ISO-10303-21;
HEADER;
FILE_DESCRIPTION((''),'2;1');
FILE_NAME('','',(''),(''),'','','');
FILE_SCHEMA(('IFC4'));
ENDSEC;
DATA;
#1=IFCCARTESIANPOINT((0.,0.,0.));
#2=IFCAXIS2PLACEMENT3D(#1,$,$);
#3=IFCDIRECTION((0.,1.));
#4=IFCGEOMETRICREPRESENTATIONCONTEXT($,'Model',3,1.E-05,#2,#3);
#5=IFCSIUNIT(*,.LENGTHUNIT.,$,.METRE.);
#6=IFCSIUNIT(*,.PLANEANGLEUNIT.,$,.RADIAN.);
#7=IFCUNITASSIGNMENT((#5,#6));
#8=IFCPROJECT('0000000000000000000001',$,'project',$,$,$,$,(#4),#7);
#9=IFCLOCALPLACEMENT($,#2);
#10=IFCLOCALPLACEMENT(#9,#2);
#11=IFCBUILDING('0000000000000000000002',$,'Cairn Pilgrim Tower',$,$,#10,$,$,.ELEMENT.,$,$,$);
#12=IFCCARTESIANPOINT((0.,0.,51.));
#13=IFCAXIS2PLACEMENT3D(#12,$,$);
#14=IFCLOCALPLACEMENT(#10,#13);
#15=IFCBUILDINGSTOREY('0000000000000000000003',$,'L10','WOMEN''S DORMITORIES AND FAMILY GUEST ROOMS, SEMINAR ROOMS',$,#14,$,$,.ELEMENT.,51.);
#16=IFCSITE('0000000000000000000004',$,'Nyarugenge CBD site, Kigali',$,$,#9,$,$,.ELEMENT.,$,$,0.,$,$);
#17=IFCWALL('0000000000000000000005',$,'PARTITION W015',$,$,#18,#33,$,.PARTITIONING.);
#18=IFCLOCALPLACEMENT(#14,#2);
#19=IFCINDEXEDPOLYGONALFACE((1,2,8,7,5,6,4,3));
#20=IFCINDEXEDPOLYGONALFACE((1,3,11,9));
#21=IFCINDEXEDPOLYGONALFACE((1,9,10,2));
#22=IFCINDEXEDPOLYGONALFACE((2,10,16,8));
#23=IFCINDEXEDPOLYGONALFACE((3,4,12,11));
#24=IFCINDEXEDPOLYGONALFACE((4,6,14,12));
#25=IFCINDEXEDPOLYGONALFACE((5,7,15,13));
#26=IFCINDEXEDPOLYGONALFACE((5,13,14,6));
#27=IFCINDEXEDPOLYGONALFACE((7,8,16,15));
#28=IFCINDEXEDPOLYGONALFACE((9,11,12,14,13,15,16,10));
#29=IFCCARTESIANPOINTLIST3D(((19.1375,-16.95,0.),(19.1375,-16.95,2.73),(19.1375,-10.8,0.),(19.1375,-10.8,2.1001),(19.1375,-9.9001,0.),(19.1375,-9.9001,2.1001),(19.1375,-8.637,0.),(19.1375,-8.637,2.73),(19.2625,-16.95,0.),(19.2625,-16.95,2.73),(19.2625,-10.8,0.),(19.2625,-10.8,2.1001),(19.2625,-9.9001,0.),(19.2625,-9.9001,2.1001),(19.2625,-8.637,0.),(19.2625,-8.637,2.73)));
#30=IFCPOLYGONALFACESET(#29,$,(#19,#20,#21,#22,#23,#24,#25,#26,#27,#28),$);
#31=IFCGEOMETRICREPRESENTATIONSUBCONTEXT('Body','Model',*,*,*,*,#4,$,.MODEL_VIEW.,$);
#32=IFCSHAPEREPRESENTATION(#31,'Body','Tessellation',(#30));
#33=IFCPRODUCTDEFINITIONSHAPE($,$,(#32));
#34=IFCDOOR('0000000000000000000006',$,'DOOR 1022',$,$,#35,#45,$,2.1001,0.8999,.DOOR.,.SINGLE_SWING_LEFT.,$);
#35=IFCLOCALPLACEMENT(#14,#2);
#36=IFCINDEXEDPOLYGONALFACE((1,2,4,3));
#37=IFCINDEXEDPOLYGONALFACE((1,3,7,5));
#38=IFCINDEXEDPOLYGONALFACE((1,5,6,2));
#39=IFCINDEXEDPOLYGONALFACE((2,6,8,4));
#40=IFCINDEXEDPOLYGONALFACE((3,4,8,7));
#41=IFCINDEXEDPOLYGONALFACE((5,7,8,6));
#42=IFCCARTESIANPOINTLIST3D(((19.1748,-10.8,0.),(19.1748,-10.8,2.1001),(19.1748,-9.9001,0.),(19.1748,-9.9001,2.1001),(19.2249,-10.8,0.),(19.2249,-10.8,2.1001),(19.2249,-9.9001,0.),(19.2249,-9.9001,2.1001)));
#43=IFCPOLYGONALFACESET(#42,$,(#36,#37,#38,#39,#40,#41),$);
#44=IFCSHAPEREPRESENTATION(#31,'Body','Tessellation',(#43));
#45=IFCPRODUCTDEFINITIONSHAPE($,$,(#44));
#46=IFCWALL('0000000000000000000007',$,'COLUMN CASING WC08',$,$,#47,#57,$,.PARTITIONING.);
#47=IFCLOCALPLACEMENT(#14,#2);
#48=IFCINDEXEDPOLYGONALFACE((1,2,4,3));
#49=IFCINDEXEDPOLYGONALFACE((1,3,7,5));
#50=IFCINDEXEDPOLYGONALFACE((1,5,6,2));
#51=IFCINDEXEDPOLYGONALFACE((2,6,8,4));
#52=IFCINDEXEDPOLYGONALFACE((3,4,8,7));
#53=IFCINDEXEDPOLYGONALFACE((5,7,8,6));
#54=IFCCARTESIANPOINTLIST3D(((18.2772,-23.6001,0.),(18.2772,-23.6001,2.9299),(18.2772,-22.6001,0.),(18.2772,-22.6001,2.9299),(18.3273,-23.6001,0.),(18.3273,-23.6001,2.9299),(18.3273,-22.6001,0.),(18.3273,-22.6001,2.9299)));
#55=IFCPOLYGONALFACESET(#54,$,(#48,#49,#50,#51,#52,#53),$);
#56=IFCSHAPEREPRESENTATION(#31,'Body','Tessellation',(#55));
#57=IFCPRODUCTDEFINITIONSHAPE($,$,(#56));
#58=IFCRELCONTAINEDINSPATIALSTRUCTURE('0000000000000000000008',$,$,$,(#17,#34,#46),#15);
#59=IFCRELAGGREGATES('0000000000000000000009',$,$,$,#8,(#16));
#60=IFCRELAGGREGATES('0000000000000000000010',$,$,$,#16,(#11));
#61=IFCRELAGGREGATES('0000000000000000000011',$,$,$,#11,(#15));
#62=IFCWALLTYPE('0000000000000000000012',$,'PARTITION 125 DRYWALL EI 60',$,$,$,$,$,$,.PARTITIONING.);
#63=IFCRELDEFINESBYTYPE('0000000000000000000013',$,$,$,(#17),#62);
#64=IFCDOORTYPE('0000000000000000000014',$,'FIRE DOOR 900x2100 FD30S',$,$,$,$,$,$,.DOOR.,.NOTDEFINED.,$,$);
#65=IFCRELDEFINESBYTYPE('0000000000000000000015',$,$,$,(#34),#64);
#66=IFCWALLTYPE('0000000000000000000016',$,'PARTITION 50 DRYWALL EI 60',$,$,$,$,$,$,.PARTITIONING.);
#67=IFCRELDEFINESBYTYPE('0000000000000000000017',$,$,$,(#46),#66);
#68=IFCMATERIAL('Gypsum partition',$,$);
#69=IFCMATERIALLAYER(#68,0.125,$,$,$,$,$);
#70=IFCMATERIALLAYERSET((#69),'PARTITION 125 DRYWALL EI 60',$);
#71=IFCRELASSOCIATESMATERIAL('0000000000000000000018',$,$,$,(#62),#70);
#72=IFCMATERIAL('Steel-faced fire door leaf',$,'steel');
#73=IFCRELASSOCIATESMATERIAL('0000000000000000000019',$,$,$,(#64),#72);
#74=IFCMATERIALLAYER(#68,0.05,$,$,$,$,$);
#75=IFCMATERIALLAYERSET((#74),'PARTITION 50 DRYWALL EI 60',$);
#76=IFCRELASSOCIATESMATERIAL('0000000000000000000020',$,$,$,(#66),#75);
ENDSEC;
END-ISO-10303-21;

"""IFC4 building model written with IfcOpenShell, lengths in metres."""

from ifc_helpers import new_model, si_unit, direction, frame, frame_2d, origin, place, context, subcontext, project, spatial, rectangle, extrude, material, layer, layer_set, type_object, element, fill, save


model = new_model("IFC4")

# Units and contexts
model_context = context("Model", 3, precision=1e-05, world=origin(), true_north=direction((0.0, 1.0)))
body_context = subcontext(model_context, "Body", "Model", "MODEL_VIEW")
ifc_project = project(units=[si_unit("LENGTHUNIT", "METRE"), si_unit("PLANEANGLEUNIT", "RADIAN")], contexts=[model_context])

# Site, building, storey
site_placement = place(None, origin())
site = spatial("IfcSite", under=ifc_project, at=site_placement, Name="Nyarugenge CBD site, Kigali", CompositionType="ELEMENT", RefElevation=0.0)
building_placement = place(site_placement, origin())
building = spatial("IfcBuilding", under=site, at=building_placement, Name="Cairn Pilgrim Tower", CompositionType="ELEMENT")
storey_placement = place(building_placement, frame((0.0, 0.0, 51.0)))
storey = spatial("IfcBuildingStorey", under=building, at=storey_placement, Name="L10", Description="WOMEN'S DORMITORIES AND FAMILY GUEST ROOMS, SEMINAR ROOMS", CompositionType="ELEMENT", Elevation=51.0)

# Shared definitions
ifc_material_1 = material(Name="Gypsum partition")
ifc_layer_1 = layer(ifc_material_1, 0.125)
ifc_layer_set_1 = layer_set([ifc_layer_1], Name="PARTITION 125 DRYWALL EI 60")
wall_type_1 = type_object("IfcWallType", Name="PARTITION 125 DRYWALL EI 60", PredefinedType="PARTITIONING", material=ifc_layer_set_1)

# Wall, opening, door
wall_1_placement = place(storey_placement, frame((19.2, -16.95, 0.0), z_axis=(0.0, 0.0, 1.0), x_axis=(0.0, 1.0, 0.0)))
wall_1 = element("IfcWall", 1, at=wall_1_placement, inside=storey, type_object=wall_type_1, Name="PARTITION W015", PredefinedType="PARTITIONING", context=body_context, shape_type="SweptSolid", body=[
    extrude(rectangle(XDim=8.313, YDim=0.125, at=frame_2d((4.1565, 0.0))), origin(), (0.0, 0.0, 1.0), 2.73),
])
opening_placement = place(wall_1_placement, frame((6.1499, 0.0, 0.0)))
opening = element("IfcOpeningElement", 2, at=opening_placement, cuts=wall_1, PredefinedType="OPENING", context=body_context, shape_type="SweptSolid", body=[
    extrude(rectangle(XDim=0.8999, YDim=2.1001, at=frame_2d((0.45, 1.05))), frame((0.0, 0.0725, 0.0), z_axis=(0.0, -1.0, 0.0), x_axis=(1.0, 0.0, 0.0)), (0.0, 0.0, 1.0), 0.145),
])
ifc_material_2 = material(Name="Steel-faced fire door leaf", Category="steel")
door_type = type_object("IfcDoorType", Name="FIRE DOOR 900x2100 FD30S", OperationType="NOTDEFINED", PredefinedType="DOOR", material=ifc_material_2)
door_placement = place(opening_placement, frame((0.8999, 0.0, 0.0), z_axis=(0.0, 0.0, 1.0), x_axis=(-1.0, 0.0, 0.0)))
door = element("IfcDoor", 3, at=door_placement, inside=storey, type_object=door_type, Name="DOOR 1022", OperationType="SINGLE_SWING_LEFT", OverallHeight=2.1001, OverallWidth=0.8999, PredefinedType="DOOR", context=body_context, shape_type="SweptSolid", body=[
    extrude(rectangle(XDim=0.8999, YDim=2.1001, at=frame_2d((0.45, 1.05))), frame((0.0, 0.0249, 0.0), z_axis=(0.0, -1.0, 0.0), x_axis=(1.0, 0.0, 0.0)), (0.0, 0.0, 1.0), 0.05),
])
fill(opening, door)

# Wall
ifc_layer_2 = layer(ifc_material_1, 0.05)
ifc_layer_set_2 = layer_set([ifc_layer_2], Name="PARTITION 50 DRYWALL EI 60")
wall_type_2 = type_object("IfcWallType", Name="PARTITION 50 DRYWALL EI 60", PredefinedType="PARTITIONING", material=ifc_layer_set_2)
wall_2_placement = place(storey_placement, frame((18.3022, -23.6001, 0.0), z_axis=(0.0, 0.0, 1.0), x_axis=(0.0, 1.0, 0.0)))
element("IfcWall", 4, at=wall_2_placement, inside=storey, type_object=wall_type_2, Name="COLUMN CASING WC08", PredefinedType="PARTITIONING", context=body_context, shape_type="SweptSolid", body=[
    extrude(rectangle(XDim=1.0, YDim=0.05, at=frame_2d((0.5, 0.0))), origin(), (0.0, 0.0, 1.0), 2.9299),
])

save(model, "model.ifc")
